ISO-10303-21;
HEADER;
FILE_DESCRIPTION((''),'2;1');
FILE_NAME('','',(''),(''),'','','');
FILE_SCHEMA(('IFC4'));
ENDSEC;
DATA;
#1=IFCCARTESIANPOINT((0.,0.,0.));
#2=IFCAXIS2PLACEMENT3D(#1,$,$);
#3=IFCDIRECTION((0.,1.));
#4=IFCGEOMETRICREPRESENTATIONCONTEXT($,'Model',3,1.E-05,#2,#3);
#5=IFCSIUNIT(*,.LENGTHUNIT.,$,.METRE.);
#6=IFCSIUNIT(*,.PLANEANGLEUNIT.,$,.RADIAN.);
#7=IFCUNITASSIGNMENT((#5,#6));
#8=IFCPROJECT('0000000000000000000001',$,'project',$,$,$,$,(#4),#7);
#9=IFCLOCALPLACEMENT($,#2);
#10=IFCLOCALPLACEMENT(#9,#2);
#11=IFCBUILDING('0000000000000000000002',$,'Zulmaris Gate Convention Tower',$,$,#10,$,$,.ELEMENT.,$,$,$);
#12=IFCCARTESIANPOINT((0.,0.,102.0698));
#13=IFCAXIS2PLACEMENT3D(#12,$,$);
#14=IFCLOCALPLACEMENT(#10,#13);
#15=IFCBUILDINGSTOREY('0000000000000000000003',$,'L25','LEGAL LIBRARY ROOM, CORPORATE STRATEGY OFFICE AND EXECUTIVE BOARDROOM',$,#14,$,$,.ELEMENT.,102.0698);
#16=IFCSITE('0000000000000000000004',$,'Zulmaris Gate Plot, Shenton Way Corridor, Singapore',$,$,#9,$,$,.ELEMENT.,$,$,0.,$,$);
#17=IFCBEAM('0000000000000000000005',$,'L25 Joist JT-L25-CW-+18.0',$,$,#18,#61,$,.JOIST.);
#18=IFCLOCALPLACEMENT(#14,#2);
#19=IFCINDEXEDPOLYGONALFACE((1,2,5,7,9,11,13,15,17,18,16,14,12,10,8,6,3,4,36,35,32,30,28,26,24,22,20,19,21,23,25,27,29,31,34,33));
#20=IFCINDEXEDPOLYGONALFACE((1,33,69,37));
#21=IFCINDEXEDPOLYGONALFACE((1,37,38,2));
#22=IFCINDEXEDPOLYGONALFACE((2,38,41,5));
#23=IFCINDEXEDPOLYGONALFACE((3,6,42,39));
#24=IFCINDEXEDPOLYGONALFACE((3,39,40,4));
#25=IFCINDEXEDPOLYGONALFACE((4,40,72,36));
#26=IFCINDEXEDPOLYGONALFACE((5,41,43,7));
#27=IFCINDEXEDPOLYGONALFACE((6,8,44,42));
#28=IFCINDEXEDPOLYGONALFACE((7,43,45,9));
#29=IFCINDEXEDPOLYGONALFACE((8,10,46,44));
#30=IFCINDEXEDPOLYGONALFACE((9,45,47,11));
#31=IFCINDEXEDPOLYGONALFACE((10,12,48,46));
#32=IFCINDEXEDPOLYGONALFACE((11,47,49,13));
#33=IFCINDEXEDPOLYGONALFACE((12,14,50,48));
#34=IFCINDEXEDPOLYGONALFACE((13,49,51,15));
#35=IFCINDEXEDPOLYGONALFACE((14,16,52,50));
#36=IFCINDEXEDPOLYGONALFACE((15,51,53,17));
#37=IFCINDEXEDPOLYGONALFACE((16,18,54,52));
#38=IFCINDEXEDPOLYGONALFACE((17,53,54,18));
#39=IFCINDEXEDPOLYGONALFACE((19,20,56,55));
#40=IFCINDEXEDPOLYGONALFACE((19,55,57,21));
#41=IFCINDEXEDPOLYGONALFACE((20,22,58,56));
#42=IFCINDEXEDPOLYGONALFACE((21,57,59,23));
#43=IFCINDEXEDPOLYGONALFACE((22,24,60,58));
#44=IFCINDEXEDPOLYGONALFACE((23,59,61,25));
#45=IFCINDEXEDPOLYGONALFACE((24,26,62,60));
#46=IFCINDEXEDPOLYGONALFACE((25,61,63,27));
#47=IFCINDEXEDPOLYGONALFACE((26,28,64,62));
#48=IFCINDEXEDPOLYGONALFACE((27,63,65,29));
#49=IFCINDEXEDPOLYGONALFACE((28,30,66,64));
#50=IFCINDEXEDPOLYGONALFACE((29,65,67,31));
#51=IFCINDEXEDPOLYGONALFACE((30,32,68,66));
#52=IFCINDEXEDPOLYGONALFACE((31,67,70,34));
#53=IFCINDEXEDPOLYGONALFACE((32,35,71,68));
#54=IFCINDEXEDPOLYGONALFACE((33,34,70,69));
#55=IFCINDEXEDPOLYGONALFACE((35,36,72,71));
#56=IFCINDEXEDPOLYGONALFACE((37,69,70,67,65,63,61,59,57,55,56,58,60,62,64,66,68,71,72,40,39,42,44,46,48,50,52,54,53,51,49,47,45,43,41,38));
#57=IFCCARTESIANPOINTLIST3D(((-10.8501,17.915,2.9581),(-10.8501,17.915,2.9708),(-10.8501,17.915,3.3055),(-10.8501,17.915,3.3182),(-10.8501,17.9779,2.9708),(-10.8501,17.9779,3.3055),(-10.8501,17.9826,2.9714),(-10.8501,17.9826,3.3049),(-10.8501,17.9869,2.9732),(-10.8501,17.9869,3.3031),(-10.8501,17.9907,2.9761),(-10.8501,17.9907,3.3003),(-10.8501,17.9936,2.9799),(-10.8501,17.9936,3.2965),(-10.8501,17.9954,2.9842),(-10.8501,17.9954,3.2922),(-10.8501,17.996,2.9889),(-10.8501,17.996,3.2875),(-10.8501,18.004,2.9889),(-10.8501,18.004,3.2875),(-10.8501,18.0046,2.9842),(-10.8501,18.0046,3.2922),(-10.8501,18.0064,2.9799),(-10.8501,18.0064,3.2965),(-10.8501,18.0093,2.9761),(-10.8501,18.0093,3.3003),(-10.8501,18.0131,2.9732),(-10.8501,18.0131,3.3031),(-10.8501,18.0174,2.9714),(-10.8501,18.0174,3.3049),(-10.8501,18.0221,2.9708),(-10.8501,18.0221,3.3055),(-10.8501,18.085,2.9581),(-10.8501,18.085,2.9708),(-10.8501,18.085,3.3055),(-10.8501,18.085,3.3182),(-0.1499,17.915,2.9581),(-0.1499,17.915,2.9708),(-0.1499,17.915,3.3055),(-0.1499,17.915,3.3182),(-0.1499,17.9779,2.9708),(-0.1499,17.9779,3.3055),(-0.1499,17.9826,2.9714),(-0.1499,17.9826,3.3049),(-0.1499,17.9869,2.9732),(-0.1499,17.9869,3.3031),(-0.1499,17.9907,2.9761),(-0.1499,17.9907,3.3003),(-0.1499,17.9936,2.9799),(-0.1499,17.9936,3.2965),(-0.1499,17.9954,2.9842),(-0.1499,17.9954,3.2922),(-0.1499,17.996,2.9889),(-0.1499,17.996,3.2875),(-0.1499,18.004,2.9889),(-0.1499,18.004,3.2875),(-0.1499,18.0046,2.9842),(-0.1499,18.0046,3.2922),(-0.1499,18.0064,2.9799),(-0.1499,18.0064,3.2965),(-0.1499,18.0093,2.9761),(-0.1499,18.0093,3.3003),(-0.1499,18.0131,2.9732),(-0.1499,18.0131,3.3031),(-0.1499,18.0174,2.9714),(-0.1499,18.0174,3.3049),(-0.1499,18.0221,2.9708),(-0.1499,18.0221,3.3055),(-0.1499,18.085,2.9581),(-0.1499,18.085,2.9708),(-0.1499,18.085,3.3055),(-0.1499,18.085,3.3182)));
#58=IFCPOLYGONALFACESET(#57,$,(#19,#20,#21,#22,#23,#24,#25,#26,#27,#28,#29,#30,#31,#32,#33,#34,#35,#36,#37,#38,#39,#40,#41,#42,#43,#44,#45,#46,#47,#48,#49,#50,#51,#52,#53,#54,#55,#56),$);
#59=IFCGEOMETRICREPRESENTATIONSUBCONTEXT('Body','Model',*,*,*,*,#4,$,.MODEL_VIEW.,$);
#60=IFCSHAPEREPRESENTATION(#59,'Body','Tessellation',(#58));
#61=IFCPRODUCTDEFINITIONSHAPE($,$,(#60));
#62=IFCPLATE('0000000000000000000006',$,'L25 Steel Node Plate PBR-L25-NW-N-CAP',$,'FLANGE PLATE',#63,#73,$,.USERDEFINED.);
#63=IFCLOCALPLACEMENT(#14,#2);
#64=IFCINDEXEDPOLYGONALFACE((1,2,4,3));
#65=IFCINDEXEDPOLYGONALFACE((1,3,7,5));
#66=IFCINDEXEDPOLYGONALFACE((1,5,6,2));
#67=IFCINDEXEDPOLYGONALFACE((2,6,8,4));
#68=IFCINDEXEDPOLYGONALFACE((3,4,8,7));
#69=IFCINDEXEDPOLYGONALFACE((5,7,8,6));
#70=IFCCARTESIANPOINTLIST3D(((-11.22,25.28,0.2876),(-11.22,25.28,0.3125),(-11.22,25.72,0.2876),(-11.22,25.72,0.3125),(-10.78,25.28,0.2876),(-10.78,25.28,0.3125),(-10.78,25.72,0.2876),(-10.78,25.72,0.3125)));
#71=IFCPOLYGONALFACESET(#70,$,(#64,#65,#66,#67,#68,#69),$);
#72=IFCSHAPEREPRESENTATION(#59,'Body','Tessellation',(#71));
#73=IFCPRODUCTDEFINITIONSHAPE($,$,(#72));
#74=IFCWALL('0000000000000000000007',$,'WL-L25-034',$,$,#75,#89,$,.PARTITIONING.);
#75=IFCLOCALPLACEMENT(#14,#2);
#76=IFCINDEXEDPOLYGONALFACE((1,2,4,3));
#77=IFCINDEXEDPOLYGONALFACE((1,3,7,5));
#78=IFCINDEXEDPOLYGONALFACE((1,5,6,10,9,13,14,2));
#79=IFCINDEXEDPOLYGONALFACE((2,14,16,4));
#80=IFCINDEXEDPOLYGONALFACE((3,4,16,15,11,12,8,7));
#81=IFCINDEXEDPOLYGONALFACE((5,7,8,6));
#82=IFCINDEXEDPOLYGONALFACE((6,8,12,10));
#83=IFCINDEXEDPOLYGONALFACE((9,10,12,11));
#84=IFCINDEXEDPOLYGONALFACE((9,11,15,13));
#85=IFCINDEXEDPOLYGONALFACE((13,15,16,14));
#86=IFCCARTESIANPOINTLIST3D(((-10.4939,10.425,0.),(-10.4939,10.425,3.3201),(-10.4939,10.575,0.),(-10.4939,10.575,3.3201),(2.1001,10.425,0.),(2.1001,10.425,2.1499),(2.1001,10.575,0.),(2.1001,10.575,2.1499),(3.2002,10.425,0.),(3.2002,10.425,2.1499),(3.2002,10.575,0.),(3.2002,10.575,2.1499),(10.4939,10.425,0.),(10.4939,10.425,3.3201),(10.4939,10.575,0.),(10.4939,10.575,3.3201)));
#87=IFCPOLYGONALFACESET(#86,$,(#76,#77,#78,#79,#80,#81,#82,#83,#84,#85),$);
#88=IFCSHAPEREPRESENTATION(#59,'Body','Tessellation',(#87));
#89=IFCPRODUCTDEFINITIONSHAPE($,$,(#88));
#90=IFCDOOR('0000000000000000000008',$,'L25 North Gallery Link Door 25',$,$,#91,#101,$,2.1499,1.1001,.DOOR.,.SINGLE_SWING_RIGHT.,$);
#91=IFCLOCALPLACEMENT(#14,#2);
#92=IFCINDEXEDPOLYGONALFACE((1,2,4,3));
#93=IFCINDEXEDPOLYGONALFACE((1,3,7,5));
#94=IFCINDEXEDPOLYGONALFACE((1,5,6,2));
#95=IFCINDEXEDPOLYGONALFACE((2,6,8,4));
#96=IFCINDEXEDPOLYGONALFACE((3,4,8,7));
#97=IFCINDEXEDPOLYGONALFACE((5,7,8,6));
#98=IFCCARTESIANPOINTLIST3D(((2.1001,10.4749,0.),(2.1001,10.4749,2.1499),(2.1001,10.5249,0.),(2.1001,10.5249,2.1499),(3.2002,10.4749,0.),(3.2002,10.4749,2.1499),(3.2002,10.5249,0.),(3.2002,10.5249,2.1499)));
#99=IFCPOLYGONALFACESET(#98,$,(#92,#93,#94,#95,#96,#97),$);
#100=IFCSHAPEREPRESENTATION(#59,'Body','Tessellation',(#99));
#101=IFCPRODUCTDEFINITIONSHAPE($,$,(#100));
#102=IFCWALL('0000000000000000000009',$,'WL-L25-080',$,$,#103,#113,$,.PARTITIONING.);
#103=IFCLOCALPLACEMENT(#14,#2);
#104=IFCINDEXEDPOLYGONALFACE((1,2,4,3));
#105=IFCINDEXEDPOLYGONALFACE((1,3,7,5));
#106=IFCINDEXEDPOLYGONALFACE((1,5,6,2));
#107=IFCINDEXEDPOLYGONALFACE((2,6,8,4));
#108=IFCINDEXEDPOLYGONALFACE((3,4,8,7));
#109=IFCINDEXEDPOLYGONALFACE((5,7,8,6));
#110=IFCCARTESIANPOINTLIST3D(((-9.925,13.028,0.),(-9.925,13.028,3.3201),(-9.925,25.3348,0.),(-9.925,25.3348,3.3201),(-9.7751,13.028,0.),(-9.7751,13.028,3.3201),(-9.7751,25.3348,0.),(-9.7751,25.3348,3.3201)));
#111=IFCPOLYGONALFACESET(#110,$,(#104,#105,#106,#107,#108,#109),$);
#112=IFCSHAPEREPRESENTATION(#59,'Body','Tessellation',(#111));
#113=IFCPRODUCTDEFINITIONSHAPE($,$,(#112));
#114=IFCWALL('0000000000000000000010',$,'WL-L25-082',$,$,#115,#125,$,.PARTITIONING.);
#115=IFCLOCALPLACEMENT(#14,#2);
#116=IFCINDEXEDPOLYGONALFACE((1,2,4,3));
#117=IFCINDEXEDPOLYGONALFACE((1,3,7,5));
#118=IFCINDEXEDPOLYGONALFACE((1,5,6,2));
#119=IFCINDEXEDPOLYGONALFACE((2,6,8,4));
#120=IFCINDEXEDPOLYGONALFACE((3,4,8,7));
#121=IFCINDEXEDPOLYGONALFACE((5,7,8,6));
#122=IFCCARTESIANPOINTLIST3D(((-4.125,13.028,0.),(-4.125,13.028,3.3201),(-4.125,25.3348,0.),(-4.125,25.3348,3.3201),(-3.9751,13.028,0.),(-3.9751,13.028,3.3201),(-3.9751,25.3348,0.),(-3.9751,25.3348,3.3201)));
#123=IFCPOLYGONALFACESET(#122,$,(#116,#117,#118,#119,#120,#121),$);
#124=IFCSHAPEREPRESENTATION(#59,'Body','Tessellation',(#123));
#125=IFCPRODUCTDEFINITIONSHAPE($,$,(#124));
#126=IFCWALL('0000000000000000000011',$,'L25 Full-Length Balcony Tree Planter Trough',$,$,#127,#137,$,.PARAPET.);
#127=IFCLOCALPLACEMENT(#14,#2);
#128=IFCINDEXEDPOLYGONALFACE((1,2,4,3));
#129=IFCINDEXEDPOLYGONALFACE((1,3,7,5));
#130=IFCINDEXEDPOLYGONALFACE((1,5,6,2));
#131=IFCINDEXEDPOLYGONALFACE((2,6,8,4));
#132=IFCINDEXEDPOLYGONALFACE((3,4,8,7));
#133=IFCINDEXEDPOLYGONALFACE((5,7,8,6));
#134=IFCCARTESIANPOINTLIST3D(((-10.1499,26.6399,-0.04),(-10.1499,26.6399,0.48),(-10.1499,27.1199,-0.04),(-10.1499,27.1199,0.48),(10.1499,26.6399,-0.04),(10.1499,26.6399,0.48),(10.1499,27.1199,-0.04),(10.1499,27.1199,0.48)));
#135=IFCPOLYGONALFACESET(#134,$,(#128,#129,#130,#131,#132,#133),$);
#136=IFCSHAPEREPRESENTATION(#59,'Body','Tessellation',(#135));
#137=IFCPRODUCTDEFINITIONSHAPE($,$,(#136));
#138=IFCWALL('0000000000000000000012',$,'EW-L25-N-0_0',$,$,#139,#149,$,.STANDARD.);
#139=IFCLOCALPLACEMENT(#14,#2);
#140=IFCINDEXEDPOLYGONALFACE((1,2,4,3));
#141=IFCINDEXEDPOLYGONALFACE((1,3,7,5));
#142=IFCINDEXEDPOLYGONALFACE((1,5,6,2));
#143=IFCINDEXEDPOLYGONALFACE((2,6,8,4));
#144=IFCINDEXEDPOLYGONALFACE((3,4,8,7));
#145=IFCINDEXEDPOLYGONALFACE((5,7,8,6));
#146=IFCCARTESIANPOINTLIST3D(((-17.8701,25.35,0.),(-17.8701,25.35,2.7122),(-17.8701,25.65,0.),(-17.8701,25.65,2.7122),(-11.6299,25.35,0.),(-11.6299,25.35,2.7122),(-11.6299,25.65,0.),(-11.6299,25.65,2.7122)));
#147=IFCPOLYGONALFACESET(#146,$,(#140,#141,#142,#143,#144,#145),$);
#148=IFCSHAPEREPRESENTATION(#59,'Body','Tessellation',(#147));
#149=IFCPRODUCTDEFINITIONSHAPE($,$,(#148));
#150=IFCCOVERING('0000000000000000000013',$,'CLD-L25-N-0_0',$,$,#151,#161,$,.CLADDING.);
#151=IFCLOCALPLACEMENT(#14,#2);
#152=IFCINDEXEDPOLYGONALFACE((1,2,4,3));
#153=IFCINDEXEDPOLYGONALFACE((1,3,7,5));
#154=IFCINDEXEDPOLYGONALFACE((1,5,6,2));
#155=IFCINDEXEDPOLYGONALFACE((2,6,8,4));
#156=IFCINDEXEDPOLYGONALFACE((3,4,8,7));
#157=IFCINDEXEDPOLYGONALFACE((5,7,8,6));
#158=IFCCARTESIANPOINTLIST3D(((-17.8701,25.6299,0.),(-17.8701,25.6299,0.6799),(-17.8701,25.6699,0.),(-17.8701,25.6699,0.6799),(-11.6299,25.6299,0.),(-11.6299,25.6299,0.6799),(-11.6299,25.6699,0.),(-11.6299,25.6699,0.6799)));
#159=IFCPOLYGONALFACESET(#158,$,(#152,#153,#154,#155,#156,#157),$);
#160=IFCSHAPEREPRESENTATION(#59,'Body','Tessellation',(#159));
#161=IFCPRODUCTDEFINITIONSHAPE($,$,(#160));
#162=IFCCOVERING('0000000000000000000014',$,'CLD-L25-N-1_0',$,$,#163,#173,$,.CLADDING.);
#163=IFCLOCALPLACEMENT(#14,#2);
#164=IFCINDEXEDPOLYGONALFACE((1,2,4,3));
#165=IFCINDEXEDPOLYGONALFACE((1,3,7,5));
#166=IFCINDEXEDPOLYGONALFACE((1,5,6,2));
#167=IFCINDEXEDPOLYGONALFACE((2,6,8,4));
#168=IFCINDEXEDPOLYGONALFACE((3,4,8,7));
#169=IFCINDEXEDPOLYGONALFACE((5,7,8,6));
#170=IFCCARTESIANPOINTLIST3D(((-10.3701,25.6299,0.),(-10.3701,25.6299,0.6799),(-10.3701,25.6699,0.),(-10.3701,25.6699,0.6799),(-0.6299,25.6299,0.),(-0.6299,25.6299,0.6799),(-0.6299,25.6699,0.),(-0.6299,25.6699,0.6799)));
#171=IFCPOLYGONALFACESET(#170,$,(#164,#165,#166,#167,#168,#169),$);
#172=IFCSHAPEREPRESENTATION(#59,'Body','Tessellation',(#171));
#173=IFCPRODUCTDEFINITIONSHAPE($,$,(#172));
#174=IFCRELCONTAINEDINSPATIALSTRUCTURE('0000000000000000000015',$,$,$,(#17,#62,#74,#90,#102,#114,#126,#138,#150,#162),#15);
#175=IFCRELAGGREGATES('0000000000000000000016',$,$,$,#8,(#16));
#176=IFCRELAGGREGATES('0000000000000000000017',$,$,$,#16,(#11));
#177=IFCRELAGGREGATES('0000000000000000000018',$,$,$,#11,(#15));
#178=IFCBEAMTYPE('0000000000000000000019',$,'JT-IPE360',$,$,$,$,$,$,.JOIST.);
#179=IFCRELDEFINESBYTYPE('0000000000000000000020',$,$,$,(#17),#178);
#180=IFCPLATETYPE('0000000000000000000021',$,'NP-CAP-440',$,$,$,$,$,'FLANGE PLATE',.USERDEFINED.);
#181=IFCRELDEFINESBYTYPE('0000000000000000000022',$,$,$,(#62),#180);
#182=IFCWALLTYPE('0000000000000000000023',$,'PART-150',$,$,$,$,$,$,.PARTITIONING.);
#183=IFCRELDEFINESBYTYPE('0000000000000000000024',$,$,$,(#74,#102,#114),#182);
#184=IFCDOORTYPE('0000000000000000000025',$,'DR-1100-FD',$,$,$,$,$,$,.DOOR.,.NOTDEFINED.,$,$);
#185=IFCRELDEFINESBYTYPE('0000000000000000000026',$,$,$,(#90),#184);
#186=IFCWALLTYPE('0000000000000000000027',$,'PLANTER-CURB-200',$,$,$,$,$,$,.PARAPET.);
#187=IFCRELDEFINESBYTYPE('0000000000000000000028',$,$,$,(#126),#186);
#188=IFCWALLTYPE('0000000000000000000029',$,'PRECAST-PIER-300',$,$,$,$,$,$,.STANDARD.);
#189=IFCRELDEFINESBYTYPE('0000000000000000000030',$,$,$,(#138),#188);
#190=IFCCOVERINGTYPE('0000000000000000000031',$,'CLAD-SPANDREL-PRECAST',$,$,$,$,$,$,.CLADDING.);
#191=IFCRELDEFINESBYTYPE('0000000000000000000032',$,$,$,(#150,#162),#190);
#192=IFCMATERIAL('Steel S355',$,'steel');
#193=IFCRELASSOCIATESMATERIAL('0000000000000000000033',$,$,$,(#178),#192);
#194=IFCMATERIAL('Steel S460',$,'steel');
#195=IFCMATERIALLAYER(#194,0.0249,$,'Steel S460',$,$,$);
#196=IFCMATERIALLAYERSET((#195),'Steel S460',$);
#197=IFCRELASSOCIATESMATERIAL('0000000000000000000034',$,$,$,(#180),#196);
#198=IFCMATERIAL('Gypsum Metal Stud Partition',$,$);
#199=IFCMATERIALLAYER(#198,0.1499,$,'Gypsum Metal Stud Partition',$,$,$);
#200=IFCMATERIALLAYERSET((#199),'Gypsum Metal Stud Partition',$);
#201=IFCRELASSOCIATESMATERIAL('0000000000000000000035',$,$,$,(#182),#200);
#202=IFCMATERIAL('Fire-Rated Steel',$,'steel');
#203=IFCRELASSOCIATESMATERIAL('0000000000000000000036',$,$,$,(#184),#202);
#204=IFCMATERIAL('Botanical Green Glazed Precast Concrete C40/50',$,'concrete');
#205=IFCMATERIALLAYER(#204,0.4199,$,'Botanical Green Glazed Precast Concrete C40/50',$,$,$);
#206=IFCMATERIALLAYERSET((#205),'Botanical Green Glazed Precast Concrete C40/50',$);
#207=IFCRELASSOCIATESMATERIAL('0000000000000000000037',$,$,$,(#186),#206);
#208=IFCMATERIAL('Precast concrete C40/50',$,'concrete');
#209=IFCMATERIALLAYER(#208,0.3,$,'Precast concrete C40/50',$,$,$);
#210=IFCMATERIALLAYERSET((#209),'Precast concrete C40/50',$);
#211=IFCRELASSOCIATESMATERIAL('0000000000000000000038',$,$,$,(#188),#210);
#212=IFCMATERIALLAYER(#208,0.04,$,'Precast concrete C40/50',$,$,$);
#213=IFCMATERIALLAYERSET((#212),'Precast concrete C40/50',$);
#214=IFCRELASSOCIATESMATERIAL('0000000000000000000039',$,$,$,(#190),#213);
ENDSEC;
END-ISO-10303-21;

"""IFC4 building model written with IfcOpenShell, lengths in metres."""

from ifc_helpers import new_model, si_unit, direction, frame, frame_2d, origin, origin_2d, place, context, subcontext, project, spatial, rectangle, i_section, extrude, material, layer, layer_set, material_profile, profile_set, type_object, element, fill, save


model = new_model("IFC4")

# Units and contexts
model_context = context("Model", 3, precision=1e-05, world=origin(), true_north=direction((0.0, 1.0)))
body_context = subcontext(model_context, "Body", "Model", "MODEL_VIEW")
ifc_project = project(units=[si_unit("LENGTHUNIT", "METRE"), si_unit("PLANEANGLEUNIT", "RADIAN")], contexts=[model_context])

# Site, building, storey
site_placement = place(None, origin())
site = spatial("IfcSite", under=ifc_project, at=site_placement, Name="Zulmaris Gate Plot, Shenton Way Corridor, Singapore", CompositionType="ELEMENT", RefElevation=0.0)
building_placement = place(site_placement, origin())
building = spatial("IfcBuilding", under=site, at=building_placement, Name="Zulmaris Gate Convention Tower", CompositionType="ELEMENT")
storey_placement = place(building_placement, frame((0.0, 0.0, 102.0698)))
storey = spatial("IfcBuildingStorey", under=building, at=storey_placement, Name="L25", Description="LEGAL LIBRARY ROOM, CORPORATE STRATEGY OFFICE AND EXECUTIVE BOARDROOM", CompositionType="ELEMENT", Elevation=102.0698)

# Shared definitions
ifc_material_1 = material(Name="Steel S355", Category="steel")

# Shared definitions
ifc_material_2 = material(Name="Steel S460", Category="steel")

# Beam
ifc_material_profile_1 = material_profile(ifc_material_1, i_section(OverallWidth=0.1699, OverallDepth=0.3601, WebThickness=0.0081, FlangeThickness=0.0127, FilletRadius=0.0181, at=origin_2d()), Name="IPE 360")
ifc_profile_set_1 = profile_set([ifc_material_profile_1], Name="Steel S355")
beam_type_1 = type_object("IfcBeamType", Name="JT-IPE360", PredefinedType="JOIST", material=ifc_profile_set_1)
for number, where, z_axis, x_axis, name in (
    (1, (-10.8501, 18.0, 3.1382), (1.0, 0.0, 0.0), (0.0, 1.0, 0.0), "L25 Joist JT-L25-CW-+18.0"),
):
    element("IfcBeam", number, at=place(storey_placement, frame(where, z_axis=z_axis, x_axis=x_axis)), inside=storey, type_object=beam_type_1, Name=name, PredefinedType="JOIST", context=body_context, shape_type="SweptSolid", body=[
        extrude(i_section(OverallWidth=0.1699, OverallDepth=0.3601, WebThickness=0.0081, FlangeThickness=0.0127, FilletRadius=0.0181, at=origin_2d()), origin(), (0.0, 0.0, 1.0), 10.7002),
    ])

# Plate
ifc_layer_1 = layer(ifc_material_2, 0.0249, Name="Steel S460")
ifc_layer_set_1 = layer_set([ifc_layer_1], Name="Steel S460")
plate_type = type_object("IfcPlateType", Name="NP-CAP-440", ElementType="FLANGE PLATE", PredefinedType="USERDEFINED", material=ifc_layer_set_1)
plate_placement = place(storey_placement, frame((-11.0, 25.5, 0.2876), z_axis=(0.0, 0.0, 1.0), x_axis=(1.0, 0.0, 0.0)))
element("IfcPlate", 2, at=plate_placement, inside=storey, type_object=plate_type, Name="L25 Steel Node Plate PBR-L25-NW-N-CAP", ObjectType="FLANGE PLATE", PredefinedType="USERDEFINED", context=body_context, shape_type="SweptSolid", body=[
    extrude(rectangle(XDim=0.4399, YDim=0.4399, at=origin_2d()), origin(), (0.0, 0.0, 1.0), 0.0249),
])

# Wall, opening, door
ifc_material_3 = material(Name="Gypsum Metal Stud Partition")
ifc_layer_2 = layer(ifc_material_3, 0.1499, Name="Gypsum Metal Stud Partition")
ifc_layer_set_2 = layer_set([ifc_layer_2], Name="Gypsum Metal Stud Partition")
wall_type_1 = type_object("IfcWallType", Name="PART-150", PredefinedType="PARTITIONING", material=ifc_layer_set_2)
wall_1_placement = place(storey_placement, frame((-10.4939, 10.5, 0.0), z_axis=(0.0, 0.0, 1.0), x_axis=(1.0, 0.0, 0.0)))
wall_1 = element("IfcWall", 3, at=wall_1_placement, inside=storey, type_object=wall_type_1, Name="WL-L25-034", PredefinedType="PARTITIONING", context=body_context, shape_type="SweptSolid", body=[
    extrude(rectangle(XDim=20.9878, YDim=0.1499, at=frame_2d((10.4939, 0.0))), origin(), (0.0, 0.0, 1.0), 3.3201),
])
opening_1_placement = place(wall_1_placement, frame((12.594, 0.0, 0.0)))
opening_1 = element("IfcOpeningElement", 4, at=opening_1_placement, cuts=wall_1, PredefinedType="OPENING", context=body_context, shape_type="SweptSolid", body=[
    extrude(rectangle(XDim=1.1001, YDim=2.1499, at=frame_2d((0.55, 1.075))), frame((0.0, 0.085, 0.0), z_axis=(0.0, -1.0, 0.0), x_axis=(1.0, 0.0, 0.0)), (0.0, 0.0, 1.0), 0.1699),
])
ifc_material_4 = material(Name="Fire-Rated Steel", Category="steel")
door_type_1 = type_object("IfcDoorType", Name="DR-1100-FD", OperationType="NOTDEFINED", PredefinedType="DOOR", material=ifc_material_4)
door_1_placement = place(opening_1_placement, origin())
door_1 = element("IfcDoor", 5, at=door_1_placement, inside=storey, type_object=door_type_1, Name="L25 North Gallery Link Door 25", OperationType="SINGLE_SWING_RIGHT", OverallHeight=2.1499, OverallWidth=1.1001, PredefinedType="DOOR", context=body_context, shape_type="SweptSolid", body=[
    extrude(rectangle(XDim=1.1001, YDim=2.1499, at=frame_2d((0.55, 1.075))), frame((0.0, 0.0249, 0.0), z_axis=(0.0, -1.0, 0.0), x_axis=(1.0, 0.0, 0.0)), (0.0, 0.0, 1.0), 0.05),
])
fill(opening_1, door_1)

# Walls
for number, where, z_axis, x_axis, name in (
    (6, (-9.8501, 13.0281, 0.0), (0.0, 0.0, 1.0), (0.0, 1.0, 0.0), "WL-L25-080"),
    (7, (-4.05, 13.0281, 0.0), (0.0, 0.0, 1.0), (0.0, 1.0, 0.0), "WL-L25-082"),
):
    element("IfcWall", number, at=place(storey_placement, frame(where, z_axis=z_axis, x_axis=x_axis)), inside=storey, type_object=wall_type_1, Name=name, PredefinedType="PARTITIONING", context=body_context, shape_type="SweptSolid", body=[
        extrude(rectangle(XDim=12.3069, YDim=0.1499, at=frame_2d((6.1533, 0.0))), origin(), (0.0, 0.0, 1.0), 3.3201),
    ])
ifc_material_5 = material(Name="Botanical Green Glazed Precast Concrete C40/50", Category="concrete")
ifc_layer_3 = layer(ifc_material_5, 0.4199, Name="Botanical Green Glazed Precast Concrete C40/50")
ifc_layer_set_3 = layer_set([ifc_layer_3], Name="Botanical Green Glazed Precast Concrete C40/50")
wall_type_2 = type_object("IfcWallType", Name="PLANTER-CURB-200", PredefinedType="PARAPET", material=ifc_layer_set_3)
wall_2_placement = place(storey_placement, frame((-10.1499, 26.8799, -0.04), z_axis=(0.0, 0.0, 1.0), x_axis=(1.0, 0.0, 0.0)))
element("IfcWall", 8, at=wall_2_placement, inside=storey, type_object=wall_type_2, Name="L25 Full-Length Balcony Tree Planter Trough", PredefinedType="PARAPET", context=body_context, shape_type="SweptSolid", body=[
    extrude(rectangle(XDim=20.2998, YDim=0.48, at=frame_2d((10.1499, 0.0))), origin(), (0.0, 0.0, 1.0), 0.52),
])
ifc_material_6 = material(Name="Precast concrete C40/50", Category="concrete")
ifc_layer_4 = layer(ifc_material_6, 0.3, Name="Precast concrete C40/50")
ifc_layer_set_4 = layer_set([ifc_layer_4], Name="Precast concrete C40/50")
wall_type_3 = type_object("IfcWallType", Name="PRECAST-PIER-300", PredefinedType="STANDARD", material=ifc_layer_set_4)
wall_3_placement = place(storey_placement, frame((-11.6299, 25.5, 0.0), z_axis=(0.0, 0.0, 1.0), x_axis=(-1.0, 0.0, 0.0)))
element("IfcWall", 9, at=wall_3_placement, inside=storey, type_object=wall_type_3, Name="EW-L25-N-0_0", PredefinedType="STANDARD", context=body_context, shape_type="SweptSolid", body=[
    extrude(rectangle(XDim=6.2402, YDim=0.3, at=frame_2d((3.1201, 0.0))), origin(), (0.0, 0.0, 1.0), 2.7122),
])

# Coverings
ifc_layer_5 = layer(ifc_material_6, 0.04, Name="Precast concrete C40/50")
ifc_layer_set_5 = layer_set([ifc_layer_5], Name="Precast concrete C40/50")
covering_type = type_object("IfcCoveringType", Name="CLAD-SPANDREL-PRECAST", PredefinedType="CLADDING", material=ifc_layer_set_5)
covering_1_placement = place(storey_placement, frame((-11.6299, 25.6499, 0.0), z_axis=(0.0, 0.0, 1.0), x_axis=(-1.0, 0.0, 0.0)))
element("IfcCovering", 10, at=covering_1_placement, inside=storey, type_object=covering_type, Name="CLD-L25-N-0_0", PredefinedType="CLADDING", context=body_context, shape_type="SweptSolid", body=[
    extrude(rectangle(XDim=6.2402, YDim=0.04, at=frame_2d((3.1201, 0.0))), origin(), (0.0, 0.0, 1.0), 0.6799),
])
covering_2_placement = place(storey_placement, frame((-0.6299, 25.6499, 0.0), z_axis=(0.0, 0.0, 1.0), x_axis=(-1.0, 0.0, 0.0)))
element("IfcCovering", 11, at=covering_2_placement, inside=storey, type_object=covering_type, Name="CLD-L25-N-1_0", PredefinedType="CLADDING", context=body_context, shape_type="SweptSolid", body=[
    extrude(rectangle(XDim=9.7402, YDim=0.04, at=frame_2d((4.8701, 0.0))), origin(), (0.0, 0.0, 1.0), 0.6799),
])

save(model, "model.ifc")
